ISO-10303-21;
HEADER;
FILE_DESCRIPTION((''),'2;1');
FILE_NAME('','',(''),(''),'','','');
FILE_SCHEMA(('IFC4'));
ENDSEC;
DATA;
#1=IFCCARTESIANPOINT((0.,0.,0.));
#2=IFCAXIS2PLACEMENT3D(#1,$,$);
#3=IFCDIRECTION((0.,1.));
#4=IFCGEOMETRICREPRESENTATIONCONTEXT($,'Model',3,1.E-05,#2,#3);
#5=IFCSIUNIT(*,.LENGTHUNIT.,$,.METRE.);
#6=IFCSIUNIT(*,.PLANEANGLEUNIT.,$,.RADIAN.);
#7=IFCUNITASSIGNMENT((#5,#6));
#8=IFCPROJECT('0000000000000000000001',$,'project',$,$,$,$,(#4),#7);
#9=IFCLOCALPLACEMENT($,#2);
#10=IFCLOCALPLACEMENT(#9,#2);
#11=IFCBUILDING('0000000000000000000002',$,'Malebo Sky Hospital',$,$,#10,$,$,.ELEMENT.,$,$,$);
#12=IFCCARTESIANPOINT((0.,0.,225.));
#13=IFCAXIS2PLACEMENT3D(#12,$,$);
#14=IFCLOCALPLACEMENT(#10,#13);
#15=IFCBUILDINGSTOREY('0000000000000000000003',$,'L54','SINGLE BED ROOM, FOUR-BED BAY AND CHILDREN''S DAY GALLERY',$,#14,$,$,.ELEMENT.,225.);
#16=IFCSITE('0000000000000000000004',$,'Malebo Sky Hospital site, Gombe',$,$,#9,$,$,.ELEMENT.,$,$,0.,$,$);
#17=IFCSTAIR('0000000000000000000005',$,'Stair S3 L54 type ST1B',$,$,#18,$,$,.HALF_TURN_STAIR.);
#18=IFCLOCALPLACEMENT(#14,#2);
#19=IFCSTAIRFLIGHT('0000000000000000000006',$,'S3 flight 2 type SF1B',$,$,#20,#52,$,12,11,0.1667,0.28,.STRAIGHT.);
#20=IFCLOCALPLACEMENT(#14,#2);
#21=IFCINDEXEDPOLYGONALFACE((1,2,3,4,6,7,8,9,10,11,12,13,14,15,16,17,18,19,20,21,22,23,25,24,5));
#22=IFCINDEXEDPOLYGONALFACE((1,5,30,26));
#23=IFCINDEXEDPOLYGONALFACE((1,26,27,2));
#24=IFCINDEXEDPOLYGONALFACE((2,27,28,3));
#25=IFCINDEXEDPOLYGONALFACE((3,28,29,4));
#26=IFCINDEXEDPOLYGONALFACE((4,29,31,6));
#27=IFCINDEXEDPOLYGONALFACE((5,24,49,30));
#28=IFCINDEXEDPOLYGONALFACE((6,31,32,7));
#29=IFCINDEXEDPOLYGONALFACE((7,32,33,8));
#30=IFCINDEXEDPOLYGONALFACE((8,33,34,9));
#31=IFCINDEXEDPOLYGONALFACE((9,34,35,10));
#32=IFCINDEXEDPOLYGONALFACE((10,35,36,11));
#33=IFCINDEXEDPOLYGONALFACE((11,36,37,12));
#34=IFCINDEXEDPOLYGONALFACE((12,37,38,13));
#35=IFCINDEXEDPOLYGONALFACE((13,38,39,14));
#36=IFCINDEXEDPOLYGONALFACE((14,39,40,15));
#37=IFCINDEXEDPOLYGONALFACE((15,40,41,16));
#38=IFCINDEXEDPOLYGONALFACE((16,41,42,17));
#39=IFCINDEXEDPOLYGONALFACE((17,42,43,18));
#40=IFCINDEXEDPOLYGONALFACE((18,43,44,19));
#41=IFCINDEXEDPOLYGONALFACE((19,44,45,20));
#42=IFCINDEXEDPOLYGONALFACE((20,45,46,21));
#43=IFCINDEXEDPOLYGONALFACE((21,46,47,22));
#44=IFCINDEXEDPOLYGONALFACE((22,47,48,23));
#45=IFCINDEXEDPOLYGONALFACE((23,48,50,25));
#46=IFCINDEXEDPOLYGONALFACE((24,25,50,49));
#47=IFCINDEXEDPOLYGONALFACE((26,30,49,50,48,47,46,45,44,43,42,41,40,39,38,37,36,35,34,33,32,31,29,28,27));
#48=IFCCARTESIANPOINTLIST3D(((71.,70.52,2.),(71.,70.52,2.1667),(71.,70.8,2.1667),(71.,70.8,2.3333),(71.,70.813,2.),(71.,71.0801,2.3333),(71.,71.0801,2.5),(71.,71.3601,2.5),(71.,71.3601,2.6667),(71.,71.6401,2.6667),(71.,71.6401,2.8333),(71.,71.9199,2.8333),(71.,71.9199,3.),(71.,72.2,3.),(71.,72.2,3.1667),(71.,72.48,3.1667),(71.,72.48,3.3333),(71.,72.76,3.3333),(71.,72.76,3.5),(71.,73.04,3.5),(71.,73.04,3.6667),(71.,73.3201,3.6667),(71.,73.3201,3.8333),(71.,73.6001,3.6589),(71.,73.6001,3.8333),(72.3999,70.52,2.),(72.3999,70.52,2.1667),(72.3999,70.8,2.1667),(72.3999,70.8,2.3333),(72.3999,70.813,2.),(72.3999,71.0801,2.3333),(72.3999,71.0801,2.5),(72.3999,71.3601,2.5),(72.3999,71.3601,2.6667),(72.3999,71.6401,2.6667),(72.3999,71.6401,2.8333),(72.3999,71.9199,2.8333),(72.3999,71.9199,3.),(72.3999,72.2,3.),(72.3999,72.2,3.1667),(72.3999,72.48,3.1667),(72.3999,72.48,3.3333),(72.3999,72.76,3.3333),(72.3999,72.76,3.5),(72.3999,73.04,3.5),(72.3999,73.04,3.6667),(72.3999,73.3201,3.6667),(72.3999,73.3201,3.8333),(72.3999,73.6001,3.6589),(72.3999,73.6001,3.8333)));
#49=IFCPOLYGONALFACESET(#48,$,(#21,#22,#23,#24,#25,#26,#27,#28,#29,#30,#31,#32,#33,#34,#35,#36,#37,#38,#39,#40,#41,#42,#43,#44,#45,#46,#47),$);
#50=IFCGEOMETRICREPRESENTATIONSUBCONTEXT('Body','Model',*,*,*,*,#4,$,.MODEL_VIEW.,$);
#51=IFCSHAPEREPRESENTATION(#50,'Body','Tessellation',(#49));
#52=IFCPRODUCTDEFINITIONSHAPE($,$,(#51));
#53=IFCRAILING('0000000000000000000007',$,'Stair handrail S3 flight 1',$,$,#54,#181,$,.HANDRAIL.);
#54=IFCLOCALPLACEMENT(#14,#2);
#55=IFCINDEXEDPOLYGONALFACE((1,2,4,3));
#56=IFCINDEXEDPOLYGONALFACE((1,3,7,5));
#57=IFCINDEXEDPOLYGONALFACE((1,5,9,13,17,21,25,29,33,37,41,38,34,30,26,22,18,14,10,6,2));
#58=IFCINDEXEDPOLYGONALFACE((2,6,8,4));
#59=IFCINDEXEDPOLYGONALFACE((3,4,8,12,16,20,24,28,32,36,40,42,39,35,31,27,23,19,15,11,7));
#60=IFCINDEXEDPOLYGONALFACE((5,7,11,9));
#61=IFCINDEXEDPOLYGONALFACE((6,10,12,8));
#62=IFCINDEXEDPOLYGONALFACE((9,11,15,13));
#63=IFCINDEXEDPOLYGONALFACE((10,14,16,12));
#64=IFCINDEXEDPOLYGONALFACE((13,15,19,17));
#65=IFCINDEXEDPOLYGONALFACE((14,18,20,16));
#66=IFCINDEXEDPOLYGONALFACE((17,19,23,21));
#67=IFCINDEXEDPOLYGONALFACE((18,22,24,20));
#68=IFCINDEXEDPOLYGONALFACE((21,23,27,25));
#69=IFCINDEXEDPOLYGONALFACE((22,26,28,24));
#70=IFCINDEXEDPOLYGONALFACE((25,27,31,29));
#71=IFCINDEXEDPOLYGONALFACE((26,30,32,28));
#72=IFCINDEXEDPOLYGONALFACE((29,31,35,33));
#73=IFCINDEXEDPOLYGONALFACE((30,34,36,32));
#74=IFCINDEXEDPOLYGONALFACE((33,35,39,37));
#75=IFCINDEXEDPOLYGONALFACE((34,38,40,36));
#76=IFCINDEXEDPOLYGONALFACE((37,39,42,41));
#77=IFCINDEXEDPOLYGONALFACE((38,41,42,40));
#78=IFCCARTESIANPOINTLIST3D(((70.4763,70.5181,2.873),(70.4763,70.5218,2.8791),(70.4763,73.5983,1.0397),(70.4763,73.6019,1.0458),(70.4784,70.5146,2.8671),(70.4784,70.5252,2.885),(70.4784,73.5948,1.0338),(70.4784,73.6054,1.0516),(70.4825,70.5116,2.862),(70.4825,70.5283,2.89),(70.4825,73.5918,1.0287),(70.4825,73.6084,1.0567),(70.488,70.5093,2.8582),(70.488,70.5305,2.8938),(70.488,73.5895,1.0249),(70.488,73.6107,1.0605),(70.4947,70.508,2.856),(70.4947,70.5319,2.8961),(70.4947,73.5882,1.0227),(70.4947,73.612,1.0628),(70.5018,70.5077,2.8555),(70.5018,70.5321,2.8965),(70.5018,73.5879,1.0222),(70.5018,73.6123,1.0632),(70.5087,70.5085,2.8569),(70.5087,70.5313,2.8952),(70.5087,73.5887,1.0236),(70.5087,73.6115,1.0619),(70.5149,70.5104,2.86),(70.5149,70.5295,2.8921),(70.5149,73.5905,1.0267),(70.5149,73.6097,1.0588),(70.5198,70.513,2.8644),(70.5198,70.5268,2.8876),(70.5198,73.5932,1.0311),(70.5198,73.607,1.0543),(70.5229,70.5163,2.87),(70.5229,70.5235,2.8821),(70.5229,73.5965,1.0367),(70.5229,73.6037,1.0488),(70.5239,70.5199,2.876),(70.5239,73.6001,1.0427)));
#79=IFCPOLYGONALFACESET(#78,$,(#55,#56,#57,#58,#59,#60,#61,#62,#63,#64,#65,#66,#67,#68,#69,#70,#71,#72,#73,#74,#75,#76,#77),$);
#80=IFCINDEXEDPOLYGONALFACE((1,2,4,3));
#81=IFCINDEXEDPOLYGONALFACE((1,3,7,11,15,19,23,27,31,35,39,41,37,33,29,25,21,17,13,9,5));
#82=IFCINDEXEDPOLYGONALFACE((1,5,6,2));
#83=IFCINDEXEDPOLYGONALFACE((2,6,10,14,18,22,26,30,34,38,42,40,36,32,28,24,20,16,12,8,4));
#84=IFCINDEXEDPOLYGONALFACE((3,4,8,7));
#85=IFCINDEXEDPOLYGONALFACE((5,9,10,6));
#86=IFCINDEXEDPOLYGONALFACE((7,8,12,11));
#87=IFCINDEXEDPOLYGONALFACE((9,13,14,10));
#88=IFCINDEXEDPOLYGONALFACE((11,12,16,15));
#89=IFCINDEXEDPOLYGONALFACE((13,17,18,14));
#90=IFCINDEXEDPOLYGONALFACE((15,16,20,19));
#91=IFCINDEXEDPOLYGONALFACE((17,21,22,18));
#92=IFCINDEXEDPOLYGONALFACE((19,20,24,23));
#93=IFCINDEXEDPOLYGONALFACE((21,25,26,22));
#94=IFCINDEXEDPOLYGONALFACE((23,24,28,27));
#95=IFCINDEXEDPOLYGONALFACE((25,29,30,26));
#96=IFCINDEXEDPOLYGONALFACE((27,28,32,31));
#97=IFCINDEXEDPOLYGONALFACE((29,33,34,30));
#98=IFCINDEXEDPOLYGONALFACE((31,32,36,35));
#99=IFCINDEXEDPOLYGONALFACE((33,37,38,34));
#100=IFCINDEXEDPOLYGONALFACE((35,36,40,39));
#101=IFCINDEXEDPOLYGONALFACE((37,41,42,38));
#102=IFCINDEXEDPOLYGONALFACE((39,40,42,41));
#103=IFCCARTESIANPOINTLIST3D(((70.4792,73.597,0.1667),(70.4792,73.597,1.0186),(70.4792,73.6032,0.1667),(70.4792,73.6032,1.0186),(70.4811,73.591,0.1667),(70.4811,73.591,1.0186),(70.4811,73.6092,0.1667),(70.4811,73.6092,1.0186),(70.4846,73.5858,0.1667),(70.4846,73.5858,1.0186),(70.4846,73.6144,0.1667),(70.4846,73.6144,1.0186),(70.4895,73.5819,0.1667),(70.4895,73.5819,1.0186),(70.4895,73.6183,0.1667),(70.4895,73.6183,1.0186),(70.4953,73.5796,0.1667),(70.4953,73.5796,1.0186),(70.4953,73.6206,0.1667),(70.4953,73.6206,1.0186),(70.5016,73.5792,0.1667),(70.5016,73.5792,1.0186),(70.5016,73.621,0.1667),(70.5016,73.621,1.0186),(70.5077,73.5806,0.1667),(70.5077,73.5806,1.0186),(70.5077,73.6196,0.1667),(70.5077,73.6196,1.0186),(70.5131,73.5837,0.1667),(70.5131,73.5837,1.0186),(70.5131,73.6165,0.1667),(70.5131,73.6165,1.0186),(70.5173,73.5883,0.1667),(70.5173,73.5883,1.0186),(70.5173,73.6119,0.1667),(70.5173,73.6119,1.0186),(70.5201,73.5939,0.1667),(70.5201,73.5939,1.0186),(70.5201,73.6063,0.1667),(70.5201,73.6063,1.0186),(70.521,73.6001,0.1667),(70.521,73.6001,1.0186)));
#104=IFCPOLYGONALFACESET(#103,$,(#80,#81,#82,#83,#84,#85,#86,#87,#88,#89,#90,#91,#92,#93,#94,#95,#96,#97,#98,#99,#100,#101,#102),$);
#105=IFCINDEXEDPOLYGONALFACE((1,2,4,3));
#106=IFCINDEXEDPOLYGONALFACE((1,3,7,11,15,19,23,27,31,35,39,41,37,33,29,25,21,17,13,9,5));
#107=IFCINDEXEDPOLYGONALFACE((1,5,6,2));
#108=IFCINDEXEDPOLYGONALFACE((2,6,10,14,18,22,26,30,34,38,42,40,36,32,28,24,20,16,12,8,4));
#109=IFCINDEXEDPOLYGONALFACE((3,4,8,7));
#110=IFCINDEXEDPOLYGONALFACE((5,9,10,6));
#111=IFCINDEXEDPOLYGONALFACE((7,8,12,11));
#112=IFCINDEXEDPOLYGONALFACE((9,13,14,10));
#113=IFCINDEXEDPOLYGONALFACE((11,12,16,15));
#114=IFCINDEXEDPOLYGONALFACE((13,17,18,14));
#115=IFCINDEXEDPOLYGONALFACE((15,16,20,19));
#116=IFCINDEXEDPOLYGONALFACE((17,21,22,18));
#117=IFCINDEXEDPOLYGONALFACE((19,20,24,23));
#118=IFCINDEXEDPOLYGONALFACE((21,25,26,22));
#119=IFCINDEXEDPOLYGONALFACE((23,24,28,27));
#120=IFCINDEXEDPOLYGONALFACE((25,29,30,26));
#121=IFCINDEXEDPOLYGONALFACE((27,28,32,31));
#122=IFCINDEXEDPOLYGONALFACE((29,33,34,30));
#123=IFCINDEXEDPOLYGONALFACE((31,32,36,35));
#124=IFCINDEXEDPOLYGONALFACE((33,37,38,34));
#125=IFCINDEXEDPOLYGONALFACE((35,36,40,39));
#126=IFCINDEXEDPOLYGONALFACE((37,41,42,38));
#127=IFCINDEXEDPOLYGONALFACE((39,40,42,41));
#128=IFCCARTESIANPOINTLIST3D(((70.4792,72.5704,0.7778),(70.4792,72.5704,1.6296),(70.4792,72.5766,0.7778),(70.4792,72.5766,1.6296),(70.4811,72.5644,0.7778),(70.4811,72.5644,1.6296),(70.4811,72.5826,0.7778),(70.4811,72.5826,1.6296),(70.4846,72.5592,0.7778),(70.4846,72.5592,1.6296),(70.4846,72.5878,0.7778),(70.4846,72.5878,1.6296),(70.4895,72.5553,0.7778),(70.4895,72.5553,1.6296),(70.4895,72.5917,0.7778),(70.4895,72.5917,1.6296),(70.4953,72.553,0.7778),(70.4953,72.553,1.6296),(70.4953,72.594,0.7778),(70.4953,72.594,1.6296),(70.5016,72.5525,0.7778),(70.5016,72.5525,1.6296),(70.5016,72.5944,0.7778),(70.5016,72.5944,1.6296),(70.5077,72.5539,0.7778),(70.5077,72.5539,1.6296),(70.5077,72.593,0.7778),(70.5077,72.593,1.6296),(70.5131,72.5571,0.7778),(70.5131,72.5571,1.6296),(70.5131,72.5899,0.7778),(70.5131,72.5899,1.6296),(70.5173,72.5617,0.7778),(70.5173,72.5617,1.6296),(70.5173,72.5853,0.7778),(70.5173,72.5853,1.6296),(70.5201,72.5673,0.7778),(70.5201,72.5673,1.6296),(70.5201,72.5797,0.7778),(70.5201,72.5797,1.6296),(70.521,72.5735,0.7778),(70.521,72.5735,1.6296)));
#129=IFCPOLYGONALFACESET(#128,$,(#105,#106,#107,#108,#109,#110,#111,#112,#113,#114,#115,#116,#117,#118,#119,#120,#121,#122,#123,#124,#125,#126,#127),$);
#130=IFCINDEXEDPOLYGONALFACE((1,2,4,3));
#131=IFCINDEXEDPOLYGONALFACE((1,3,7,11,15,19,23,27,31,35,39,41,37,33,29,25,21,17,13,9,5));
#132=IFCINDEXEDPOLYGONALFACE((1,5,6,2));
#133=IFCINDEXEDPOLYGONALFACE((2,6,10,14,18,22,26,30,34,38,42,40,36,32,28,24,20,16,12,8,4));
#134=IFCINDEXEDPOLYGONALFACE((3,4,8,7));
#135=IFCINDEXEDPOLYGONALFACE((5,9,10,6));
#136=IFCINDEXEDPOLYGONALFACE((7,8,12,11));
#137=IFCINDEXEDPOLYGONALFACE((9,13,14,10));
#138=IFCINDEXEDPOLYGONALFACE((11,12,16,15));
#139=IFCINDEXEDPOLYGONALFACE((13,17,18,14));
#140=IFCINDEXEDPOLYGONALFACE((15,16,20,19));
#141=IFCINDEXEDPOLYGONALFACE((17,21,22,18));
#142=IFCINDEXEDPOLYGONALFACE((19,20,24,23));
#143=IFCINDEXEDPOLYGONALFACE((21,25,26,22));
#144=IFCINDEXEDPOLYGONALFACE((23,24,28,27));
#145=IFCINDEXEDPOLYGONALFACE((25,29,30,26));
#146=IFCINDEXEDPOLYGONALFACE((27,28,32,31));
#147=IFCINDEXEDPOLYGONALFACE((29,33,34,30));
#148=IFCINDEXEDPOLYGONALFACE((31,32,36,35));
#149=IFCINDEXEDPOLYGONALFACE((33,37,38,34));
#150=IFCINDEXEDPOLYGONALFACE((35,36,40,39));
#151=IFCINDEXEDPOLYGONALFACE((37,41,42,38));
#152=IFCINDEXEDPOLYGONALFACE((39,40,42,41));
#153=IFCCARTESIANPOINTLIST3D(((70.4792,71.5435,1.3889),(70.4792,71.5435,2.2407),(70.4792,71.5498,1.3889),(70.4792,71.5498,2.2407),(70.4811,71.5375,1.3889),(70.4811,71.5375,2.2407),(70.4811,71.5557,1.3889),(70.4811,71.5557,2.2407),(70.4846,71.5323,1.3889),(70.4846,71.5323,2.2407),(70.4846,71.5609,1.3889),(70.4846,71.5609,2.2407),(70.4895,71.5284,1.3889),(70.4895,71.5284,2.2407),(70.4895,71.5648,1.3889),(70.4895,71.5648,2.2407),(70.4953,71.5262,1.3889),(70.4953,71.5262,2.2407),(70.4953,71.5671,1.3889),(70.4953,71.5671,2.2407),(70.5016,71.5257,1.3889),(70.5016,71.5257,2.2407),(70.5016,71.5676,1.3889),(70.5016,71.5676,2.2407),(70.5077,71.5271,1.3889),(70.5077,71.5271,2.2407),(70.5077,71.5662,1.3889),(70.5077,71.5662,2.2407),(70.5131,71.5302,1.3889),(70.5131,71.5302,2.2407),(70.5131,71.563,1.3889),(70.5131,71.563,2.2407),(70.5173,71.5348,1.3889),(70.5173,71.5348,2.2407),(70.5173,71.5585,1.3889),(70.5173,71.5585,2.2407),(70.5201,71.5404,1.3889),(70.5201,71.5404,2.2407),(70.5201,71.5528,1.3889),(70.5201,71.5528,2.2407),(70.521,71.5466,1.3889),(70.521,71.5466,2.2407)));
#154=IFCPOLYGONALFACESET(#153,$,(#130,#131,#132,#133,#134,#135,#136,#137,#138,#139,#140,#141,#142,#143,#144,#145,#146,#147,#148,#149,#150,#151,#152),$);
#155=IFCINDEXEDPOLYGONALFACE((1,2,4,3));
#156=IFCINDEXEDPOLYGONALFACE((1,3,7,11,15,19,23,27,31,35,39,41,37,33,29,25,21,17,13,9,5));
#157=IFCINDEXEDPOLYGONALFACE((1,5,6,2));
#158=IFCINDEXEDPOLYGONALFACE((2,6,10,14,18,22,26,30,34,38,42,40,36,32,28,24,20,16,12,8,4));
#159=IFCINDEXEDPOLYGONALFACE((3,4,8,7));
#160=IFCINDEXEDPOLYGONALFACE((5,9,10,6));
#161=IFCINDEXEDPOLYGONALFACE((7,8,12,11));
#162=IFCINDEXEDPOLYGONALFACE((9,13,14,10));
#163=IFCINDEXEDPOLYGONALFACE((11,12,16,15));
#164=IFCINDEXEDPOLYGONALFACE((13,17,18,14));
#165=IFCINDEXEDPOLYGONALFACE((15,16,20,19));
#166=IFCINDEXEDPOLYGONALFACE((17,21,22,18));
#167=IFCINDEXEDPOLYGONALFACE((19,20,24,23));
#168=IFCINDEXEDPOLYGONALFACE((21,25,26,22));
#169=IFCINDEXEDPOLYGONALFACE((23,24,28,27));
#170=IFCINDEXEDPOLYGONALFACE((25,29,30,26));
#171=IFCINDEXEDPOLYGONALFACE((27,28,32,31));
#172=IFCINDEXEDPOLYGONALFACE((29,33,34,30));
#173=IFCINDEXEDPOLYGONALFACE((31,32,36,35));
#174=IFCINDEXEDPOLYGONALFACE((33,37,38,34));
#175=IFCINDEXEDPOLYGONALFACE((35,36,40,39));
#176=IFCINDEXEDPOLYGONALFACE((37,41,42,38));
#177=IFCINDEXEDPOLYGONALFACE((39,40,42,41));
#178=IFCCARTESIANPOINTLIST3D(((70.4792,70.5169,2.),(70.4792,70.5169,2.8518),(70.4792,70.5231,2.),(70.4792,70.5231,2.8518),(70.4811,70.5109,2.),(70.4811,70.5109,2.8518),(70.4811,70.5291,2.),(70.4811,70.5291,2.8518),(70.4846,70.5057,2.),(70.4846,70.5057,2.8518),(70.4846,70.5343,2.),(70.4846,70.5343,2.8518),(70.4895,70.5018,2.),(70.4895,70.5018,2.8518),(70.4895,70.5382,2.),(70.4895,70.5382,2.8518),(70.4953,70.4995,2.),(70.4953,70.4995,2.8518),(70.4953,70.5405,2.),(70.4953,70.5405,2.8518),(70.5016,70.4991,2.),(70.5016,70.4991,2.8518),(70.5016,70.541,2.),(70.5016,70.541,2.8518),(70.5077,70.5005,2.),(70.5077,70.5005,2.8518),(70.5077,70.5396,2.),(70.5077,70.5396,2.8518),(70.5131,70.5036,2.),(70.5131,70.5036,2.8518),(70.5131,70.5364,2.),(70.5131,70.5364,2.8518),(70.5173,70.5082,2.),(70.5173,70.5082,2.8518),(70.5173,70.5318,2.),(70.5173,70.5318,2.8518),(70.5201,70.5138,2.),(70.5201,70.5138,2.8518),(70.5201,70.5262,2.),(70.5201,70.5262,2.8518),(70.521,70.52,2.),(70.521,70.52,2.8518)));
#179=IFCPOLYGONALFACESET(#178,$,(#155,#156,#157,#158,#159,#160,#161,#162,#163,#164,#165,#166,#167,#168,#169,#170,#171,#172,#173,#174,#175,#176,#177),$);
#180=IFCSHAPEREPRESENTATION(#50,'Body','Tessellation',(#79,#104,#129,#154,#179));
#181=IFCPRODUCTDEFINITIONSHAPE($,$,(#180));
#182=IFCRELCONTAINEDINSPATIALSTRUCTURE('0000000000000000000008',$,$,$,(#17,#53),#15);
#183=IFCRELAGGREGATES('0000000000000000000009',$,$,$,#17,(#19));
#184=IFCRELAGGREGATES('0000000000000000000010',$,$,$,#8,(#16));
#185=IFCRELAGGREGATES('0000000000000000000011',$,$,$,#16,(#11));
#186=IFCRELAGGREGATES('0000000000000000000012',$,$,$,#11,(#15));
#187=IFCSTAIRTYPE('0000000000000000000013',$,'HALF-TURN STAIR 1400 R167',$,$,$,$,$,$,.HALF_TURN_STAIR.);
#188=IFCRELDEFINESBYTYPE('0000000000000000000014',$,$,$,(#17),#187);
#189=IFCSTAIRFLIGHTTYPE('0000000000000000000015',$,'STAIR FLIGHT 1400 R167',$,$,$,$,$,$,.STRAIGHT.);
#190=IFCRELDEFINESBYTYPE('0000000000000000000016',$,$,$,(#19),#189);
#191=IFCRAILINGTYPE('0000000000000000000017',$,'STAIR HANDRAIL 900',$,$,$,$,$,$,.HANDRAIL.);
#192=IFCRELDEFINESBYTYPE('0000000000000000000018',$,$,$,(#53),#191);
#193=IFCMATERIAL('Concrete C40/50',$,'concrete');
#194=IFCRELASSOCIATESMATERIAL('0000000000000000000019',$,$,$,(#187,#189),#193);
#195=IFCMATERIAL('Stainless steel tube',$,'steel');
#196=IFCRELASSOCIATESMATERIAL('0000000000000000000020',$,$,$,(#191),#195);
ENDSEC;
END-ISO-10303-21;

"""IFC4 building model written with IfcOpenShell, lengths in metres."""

from ifc_helpers import new_model, si_unit, direction, frame, origin, origin_2d, place, context, subcontext, project, spatial, polyline, circle, outline, extrude, material, type_object, element, aggregate, save


model = new_model("IFC4")

# Units and contexts
model_context = context("Model", 3, precision=1e-05, world=origin(), true_north=direction((0.0, 1.0)))
body_context = subcontext(model_context, "Body", "Model", "MODEL_VIEW")
ifc_project = project(units=[si_unit("LENGTHUNIT", "METRE"), si_unit("PLANEANGLEUNIT", "RADIAN")], contexts=[model_context])

# Site, building, storey
site_placement = place(None, origin())
site = spatial("IfcSite", under=ifc_project, at=site_placement, Name="Malebo Sky Hospital site, Gombe", CompositionType="ELEMENT", RefElevation=0.0)
building_placement = place(site_placement, origin())
building = spatial("IfcBuilding", under=site, at=building_placement, Name="Malebo Sky Hospital", CompositionType="ELEMENT")
storey_placement = place(building_placement, frame((0.0, 0.0, 225.0)))
storey = spatial("IfcBuildingStorey", under=building, at=storey_placement, Name="L54", Description="SINGLE BED ROOM, FOUR-BED BAY AND CHILDREN'S DAY GALLERY", CompositionType="ELEMENT", Elevation=225.0)

# Shared definitions
ifc_material_1 = material(Name="Concrete C40/50", Category="concrete")

# Stair, stair flight
stair_type = type_object("IfcStairType", Name="HALF-TURN STAIR 1400 R167", PredefinedType="HALF_TURN_STAIR", material=ifc_material_1)
stair_placement = place(storey_placement, origin())
stair = element("IfcStair", 1, at=stair_placement, inside=storey, type_object=stair_type, Name="Stair S3 L54 type ST1B", PredefinedType="HALF_TURN_STAIR")
stair_flight_type = type_object("IfcStairFlightType", Name="STAIR FLIGHT 1400 R167", PredefinedType="STRAIGHT", material=ifc_material_1)
stair_flight_1_placement = place(storey_placement, frame((71.7, 70.52, 2.0), z_axis=(0.0, 0.0, 1.0), x_axis=(0.0, 1.0, 0.0)))
stair_flight_1 = element("IfcStairFlight", 2, at=stair_flight_1_placement, type_object=stair_flight_type, Name="S3 flight 2 type SF1B", NumberOfRisers=12, NumberOfTreads=11, PredefinedType="STRAIGHT", RiserHeight=0.1667, TreadLength=0.28, context=body_context, shape_type="SweptSolid", body=[
    extrude(outline(polyline([(0.0, 0.0), (0.0, 0.1667), (0.28, 0.1667), (0.28, 0.3333), (0.5601, 0.3333), (0.5601, 0.5), (0.8401, 0.5), (0.8401, 0.6667), (1.1201, 0.6667), (1.1201, 0.8333), (1.3999, 0.8333), (1.3999, 1.0), (1.6799, 1.0), (1.6799, 1.1667), (1.96, 1.1667), (1.96, 1.3333), (2.24, 1.3333), (2.24, 1.5), (2.52, 1.5), (2.52, 1.6667), (2.8, 1.6667), (2.8, 1.8333), (3.0801, 1.8333), (3.0801, 2.0), (3.0801, 1.6589), (0.293, 0.0), (0.0, 0.0)])), frame((0.0, 0.7, 0.0), z_axis=(0.0, -1.0, 0.0), x_axis=(1.0, 0.0, 0.0)), (0.0, 0.0, 1.0), 1.3999),
])
aggregate(stair, [stair_flight_1])

# Railing
ifc_material_2 = material(Name="Stainless steel tube", Category="steel")
railing_type = type_object("IfcRailingType", Name="STAIR HANDRAIL 900", PredefinedType="HANDRAIL", material=ifc_material_2)
railing_1_placement = place(storey_placement, frame((70.5, 73.6001, 0.1667)))
element("IfcRailing", 3, at=railing_1_placement, inside=storey, type_object=railing_type, Name="Stair handrail S3 flight 1", PredefinedType="HANDRAIL", context=body_context, shape_type="SweptSolid", body=[
    extrude(circle(Radius=0.0239, at=origin_2d()), frame((0.0, 0.0, 0.876), z_axis=(0.0, -0.859309, 0.511458), x_axis=(1.0, 0.0, 0.0)), (0.0, 0.0, 1.0), 3.5845),
    extrude(circle(Radius=0.021, at=origin_2d()), origin(), (0.0, 0.0, 1.0), 0.8518),
    extrude(circle(Radius=0.021, at=origin_2d()), frame((0.0, -1.0266, 0.6111)), (0.0, 0.0, 1.0), 0.8518),
    extrude(circle(Radius=0.021, at=origin_2d()), frame((0.0, -2.0535, 1.2222)), (0.0, 0.0, 1.0), 0.8518),
    extrude(circle(Radius=0.021, at=origin_2d()), frame((0.0, -3.0801, 1.8333)), (0.0, 0.0, 1.0), 0.8518),
])

save(model, "model.ifc")
